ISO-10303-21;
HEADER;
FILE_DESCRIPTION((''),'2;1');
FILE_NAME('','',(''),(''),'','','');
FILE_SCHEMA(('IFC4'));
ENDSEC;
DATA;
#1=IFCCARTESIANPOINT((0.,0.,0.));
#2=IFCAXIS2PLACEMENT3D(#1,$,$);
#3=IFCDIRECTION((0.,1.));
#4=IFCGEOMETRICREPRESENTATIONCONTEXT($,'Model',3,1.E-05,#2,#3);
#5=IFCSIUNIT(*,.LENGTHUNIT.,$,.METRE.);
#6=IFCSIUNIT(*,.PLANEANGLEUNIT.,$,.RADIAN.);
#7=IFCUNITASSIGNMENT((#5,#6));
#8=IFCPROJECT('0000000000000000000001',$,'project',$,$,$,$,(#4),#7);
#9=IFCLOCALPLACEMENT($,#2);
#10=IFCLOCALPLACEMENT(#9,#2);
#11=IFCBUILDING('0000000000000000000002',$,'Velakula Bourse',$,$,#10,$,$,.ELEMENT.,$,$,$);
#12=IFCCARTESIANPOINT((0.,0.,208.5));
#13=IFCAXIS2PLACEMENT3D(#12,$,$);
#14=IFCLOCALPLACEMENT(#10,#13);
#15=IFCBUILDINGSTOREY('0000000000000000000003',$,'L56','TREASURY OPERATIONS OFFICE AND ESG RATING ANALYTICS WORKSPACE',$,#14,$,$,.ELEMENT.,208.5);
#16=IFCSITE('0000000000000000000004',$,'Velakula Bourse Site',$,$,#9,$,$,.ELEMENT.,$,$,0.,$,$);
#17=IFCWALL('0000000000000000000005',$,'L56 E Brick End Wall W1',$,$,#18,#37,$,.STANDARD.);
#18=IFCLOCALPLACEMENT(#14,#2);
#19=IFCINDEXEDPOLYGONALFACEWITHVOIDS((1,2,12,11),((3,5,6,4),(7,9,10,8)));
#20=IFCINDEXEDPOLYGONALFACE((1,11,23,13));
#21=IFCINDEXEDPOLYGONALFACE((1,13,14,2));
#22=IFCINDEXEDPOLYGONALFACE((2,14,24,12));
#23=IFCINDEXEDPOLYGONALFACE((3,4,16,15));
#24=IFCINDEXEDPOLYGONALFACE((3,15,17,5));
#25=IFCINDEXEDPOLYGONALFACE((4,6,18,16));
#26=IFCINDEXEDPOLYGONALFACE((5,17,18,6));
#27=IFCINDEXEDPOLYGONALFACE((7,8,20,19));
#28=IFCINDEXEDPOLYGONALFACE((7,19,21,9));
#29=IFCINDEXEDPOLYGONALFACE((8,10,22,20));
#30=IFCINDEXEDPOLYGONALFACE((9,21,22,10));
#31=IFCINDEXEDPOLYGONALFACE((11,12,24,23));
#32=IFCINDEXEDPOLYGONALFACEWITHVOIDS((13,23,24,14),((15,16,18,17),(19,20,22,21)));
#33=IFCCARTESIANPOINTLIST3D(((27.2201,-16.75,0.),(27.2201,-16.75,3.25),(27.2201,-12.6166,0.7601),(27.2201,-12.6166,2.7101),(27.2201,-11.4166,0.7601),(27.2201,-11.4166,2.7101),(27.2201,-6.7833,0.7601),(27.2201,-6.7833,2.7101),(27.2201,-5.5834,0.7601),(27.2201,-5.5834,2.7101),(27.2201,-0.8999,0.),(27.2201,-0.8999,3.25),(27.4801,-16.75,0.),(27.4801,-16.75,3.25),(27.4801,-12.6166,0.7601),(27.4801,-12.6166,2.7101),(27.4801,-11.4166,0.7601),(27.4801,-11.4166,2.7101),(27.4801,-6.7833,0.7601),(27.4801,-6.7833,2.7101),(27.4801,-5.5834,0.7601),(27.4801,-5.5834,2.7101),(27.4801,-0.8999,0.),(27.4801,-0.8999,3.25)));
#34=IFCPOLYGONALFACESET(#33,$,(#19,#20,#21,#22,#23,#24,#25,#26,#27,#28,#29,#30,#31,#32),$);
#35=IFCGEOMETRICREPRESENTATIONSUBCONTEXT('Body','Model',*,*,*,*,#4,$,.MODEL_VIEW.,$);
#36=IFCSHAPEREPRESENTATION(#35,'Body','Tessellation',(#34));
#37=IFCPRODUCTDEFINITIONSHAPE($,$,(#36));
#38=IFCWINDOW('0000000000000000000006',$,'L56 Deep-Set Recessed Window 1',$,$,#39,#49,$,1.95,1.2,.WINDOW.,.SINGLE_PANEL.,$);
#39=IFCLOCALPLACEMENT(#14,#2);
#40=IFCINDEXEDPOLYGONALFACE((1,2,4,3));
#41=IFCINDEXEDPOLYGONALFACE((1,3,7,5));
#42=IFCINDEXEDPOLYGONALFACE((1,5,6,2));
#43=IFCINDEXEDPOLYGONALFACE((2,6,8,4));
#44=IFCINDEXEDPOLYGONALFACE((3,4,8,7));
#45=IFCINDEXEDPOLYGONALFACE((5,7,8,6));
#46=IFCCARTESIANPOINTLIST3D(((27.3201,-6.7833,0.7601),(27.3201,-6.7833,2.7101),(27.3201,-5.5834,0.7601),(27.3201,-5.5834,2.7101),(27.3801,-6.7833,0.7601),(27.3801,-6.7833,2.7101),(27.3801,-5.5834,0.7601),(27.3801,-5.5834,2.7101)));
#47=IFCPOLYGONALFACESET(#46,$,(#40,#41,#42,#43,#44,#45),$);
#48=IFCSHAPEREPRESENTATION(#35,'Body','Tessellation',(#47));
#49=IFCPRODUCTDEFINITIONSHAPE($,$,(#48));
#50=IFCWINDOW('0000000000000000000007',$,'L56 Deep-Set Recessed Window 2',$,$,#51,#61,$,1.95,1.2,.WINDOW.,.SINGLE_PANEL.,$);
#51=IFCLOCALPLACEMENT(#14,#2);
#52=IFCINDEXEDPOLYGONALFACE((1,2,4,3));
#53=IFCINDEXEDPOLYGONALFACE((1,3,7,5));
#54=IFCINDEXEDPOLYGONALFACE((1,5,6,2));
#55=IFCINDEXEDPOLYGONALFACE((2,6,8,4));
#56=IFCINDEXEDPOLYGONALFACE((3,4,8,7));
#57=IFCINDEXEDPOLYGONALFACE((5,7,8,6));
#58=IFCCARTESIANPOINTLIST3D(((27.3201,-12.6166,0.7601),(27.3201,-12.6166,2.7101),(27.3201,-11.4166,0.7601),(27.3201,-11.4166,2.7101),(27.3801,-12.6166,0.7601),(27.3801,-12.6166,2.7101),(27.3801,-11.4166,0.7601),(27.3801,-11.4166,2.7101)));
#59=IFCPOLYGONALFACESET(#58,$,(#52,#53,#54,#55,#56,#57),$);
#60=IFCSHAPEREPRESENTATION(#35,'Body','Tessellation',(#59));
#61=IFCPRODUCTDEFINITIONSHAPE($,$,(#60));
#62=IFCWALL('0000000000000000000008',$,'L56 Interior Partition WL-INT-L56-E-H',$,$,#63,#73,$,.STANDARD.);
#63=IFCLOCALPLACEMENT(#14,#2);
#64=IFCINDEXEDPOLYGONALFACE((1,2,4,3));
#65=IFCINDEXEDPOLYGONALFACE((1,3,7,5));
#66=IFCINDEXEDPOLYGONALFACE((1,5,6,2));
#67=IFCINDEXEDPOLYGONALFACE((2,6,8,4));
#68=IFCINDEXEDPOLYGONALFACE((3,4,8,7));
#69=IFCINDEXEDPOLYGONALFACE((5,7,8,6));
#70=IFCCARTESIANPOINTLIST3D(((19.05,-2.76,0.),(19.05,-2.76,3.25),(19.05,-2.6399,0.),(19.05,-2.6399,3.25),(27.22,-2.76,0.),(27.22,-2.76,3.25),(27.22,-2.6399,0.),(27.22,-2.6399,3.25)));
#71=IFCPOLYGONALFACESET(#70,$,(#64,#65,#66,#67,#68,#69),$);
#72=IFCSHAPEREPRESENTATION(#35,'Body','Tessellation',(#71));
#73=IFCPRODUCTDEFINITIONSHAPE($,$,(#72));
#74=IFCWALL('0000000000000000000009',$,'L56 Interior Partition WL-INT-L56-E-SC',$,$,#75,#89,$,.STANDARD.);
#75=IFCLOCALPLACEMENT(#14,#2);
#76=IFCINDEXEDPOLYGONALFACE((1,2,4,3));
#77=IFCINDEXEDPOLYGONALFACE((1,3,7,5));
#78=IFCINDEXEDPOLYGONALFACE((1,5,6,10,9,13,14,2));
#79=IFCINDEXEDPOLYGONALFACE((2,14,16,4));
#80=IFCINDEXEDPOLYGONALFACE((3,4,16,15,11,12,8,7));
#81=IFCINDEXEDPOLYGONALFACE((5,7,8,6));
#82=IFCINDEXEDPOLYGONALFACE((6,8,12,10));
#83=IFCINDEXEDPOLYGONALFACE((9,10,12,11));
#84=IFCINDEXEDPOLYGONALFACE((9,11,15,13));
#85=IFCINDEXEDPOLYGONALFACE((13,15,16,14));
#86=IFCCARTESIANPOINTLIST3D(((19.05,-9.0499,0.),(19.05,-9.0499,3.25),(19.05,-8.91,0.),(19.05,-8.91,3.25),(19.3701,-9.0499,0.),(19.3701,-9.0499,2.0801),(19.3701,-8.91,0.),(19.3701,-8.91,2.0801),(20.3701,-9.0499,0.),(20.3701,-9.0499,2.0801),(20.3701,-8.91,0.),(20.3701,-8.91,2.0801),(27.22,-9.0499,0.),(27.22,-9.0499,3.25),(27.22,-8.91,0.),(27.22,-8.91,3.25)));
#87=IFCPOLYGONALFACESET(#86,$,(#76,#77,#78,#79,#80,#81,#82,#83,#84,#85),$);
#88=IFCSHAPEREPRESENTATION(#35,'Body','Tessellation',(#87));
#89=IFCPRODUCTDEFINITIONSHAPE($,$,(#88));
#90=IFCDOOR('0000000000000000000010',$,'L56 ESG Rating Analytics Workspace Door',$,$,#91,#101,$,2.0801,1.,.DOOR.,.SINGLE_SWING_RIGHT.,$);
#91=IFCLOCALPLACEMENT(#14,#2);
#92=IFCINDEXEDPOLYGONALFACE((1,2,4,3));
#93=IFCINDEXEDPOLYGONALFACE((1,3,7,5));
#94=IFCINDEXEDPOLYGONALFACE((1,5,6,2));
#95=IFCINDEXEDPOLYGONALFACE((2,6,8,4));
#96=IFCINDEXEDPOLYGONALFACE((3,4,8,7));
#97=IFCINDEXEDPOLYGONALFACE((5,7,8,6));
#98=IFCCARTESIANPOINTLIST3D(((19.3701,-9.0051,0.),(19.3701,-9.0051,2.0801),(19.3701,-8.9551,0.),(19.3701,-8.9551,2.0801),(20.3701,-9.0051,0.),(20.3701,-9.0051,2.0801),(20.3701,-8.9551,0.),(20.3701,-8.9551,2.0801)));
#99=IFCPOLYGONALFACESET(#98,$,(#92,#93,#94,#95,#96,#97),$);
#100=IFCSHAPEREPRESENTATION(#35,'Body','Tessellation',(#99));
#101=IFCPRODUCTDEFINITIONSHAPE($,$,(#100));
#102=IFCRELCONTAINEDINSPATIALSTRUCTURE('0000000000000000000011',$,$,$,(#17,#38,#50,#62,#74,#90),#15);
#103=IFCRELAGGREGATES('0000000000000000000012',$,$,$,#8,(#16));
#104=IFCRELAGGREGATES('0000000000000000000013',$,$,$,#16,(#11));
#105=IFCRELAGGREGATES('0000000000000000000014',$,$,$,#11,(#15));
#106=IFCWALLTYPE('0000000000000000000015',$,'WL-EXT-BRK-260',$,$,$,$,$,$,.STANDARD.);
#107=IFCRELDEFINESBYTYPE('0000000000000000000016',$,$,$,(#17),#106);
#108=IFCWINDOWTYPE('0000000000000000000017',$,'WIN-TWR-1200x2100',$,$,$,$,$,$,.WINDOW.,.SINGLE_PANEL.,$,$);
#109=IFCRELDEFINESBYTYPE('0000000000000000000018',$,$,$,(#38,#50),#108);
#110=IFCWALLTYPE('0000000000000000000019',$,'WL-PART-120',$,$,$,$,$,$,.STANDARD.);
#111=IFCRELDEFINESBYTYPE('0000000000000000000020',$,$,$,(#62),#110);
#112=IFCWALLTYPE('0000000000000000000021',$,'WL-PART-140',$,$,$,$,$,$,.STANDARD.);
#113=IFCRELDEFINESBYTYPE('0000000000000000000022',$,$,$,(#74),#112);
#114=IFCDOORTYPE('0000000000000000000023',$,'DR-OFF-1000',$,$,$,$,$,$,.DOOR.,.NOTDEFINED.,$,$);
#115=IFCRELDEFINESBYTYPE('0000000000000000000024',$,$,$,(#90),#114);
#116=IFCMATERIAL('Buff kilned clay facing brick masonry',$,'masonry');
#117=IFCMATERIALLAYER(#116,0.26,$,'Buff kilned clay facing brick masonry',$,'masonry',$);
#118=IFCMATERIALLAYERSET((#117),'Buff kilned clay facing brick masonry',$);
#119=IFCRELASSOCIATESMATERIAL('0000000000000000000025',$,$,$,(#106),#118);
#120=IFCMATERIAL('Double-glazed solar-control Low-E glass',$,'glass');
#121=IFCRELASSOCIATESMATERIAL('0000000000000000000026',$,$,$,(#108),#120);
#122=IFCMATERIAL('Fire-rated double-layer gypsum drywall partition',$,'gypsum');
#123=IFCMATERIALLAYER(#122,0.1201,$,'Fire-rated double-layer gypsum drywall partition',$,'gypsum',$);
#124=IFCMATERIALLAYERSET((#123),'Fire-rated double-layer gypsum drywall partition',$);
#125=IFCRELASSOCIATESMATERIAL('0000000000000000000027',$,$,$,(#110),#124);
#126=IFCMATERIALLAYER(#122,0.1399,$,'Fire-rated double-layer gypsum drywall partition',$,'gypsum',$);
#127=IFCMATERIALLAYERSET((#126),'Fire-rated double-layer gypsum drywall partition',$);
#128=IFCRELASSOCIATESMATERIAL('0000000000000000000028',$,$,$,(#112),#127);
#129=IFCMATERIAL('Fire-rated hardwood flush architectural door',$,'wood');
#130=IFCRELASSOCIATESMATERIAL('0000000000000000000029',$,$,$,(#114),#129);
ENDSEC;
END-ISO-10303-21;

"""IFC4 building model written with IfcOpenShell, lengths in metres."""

from ifc_helpers import new_model, si_unit, direction, frame, frame_2d, origin, place, context, subcontext, project, spatial, rectangle, extrude, material, layer, layer_set, type_object, element, fill, save


model = new_model("IFC4")

# Units and contexts
model_context = context("Model", 3, precision=1e-05, world=origin(), true_north=direction((0.0, 1.0)))
body_context = subcontext(model_context, "Body", "Model", "MODEL_VIEW")
ifc_project = project(units=[si_unit("LENGTHUNIT", "METRE"), si_unit("PLANEANGLEUNIT", "RADIAN")], contexts=[model_context])

# Site, building, storey
site_placement = place(None, origin())
site = spatial("IfcSite", under=ifc_project, at=site_placement, Name="Velakula Bourse Site", CompositionType="ELEMENT", RefElevation=0.0)
building_placement = place(site_placement, origin())
building = spatial("IfcBuilding", under=site, at=building_placement, Name="Velakula Bourse", CompositionType="ELEMENT")
storey_placement = place(building_placement, frame((0.0, 0.0, 208.5)))
storey = spatial("IfcBuildingStorey", under=building, at=storey_placement, Name="L56", Description="TREASURY OPERATIONS OFFICE AND ESG RATING ANALYTICS WORKSPACE", CompositionType="ELEMENT", Elevation=208.5)

# Wall, openings, windows
ifc_material_1 = material(Name="Buff kilned clay facing brick masonry", Category="masonry")
ifc_layer_1 = layer(ifc_material_1, 0.26, Name="Buff kilned clay facing brick masonry", Category="masonry")
ifc_layer_set_1 = layer_set([ifc_layer_1], Name="Buff kilned clay facing brick masonry")
wall_type_1 = type_object("IfcWallType", Name="WL-EXT-BRK-260", PredefinedType="STANDARD", material=ifc_layer_set_1)
wall_1_placement = place(storey_placement, frame((27.3501, -0.8999, 0.0), z_axis=(0.0, 0.0, 1.0), x_axis=(0.0, -1.0, 0.0)))
wall_1 = element("IfcWall", 1, at=wall_1_placement, inside=storey, type_object=wall_type_1, Name="L56 E Brick End Wall W1", PredefinedType="STANDARD", context=body_context, shape_type="SweptSolid", body=[
    extrude(rectangle(XDim=15.8501, YDim=0.26, at=frame_2d((7.925, 0.0))), origin(), (0.0, 0.0, 1.0), 3.25),
])
opening_1_placement = place(wall_1_placement, frame((4.6833, 0.0, 0.76)))
opening_1 = element("IfcOpeningElement", 2, at=opening_1_placement, cuts=wall_1, PredefinedType="OPENING", context=body_context, shape_type="SweptSolid", body=[
    extrude(rectangle(XDim=1.2, YDim=1.95, at=frame_2d((0.6001, 0.9751))), frame((0.0, 0.1399, 0.0), z_axis=(0.0, -1.0, 0.0), x_axis=(1.0, 0.0, 0.0)), (0.0, 0.0, 1.0), 0.28),
])
opening_2_placement = place(wall_1_placement, frame((10.5166, 0.0, 0.76)))
opening_2 = element("IfcOpeningElement", 3, at=opening_2_placement, cuts=wall_1, PredefinedType="OPENING", context=body_context, shape_type="SweptSolid", body=[
    extrude(rectangle(XDim=1.2, YDim=1.95, at=frame_2d((0.6001, 0.9751))), frame((0.0, 0.1399, 0.0), z_axis=(0.0, -1.0, 0.0), x_axis=(1.0, 0.0, 0.0)), (0.0, 0.0, 1.0), 0.28),
])
ifc_material_2 = material(Name="Double-glazed solar-control Low-E glass", Category="glass")
window_type = type_object("IfcWindowType", Name="WIN-TWR-1200x2100", PartitioningType="SINGLE_PANEL", PredefinedType="WINDOW", material=ifc_material_2)
window_1_placement = place(opening_1_placement, origin())
window_1 = element("IfcWindow", 4, at=window_1_placement, inside=storey, type_object=window_type, Name="L56 Deep-Set Recessed Window 1", OverallHeight=1.95, OverallWidth=1.2, PartitioningType="SINGLE_PANEL", PredefinedType="WINDOW", context=body_context, shape_type="SweptSolid", body=[
    extrude(rectangle(XDim=1.2, YDim=1.95, at=frame_2d((0.6001, 0.9751))), frame((0.0, 0.03, 0.0), z_axis=(0.0, -1.0, 0.0), x_axis=(1.0, 0.0, 0.0)), (0.0, 0.0, 1.0), 0.0601),
])
fill(opening_1, window_1)
window_2_placement = place(opening_2_placement, origin())
window_2 = element("IfcWindow", 5, at=window_2_placement, inside=storey, type_object=window_type, Name="L56 Deep-Set Recessed Window 2", OverallHeight=1.95, OverallWidth=1.2, PartitioningType="SINGLE_PANEL", PredefinedType="WINDOW", context=body_context, shape_type="SweptSolid", body=[
    extrude(rectangle(XDim=1.2, YDim=1.95, at=frame_2d((0.6001, 0.9751))), frame((0.0, 0.03, 0.0), z_axis=(0.0, -1.0, 0.0), x_axis=(1.0, 0.0, 0.0)), (0.0, 0.0, 1.0), 0.0601),
])
fill(opening_2, window_2)

# Wall
ifc_material_3 = material(Name="Fire-rated double-layer gypsum drywall partition", Category="gypsum")
ifc_layer_2 = layer(ifc_material_3, 0.1201, Name="Fire-rated double-layer gypsum drywall partition", Category="gypsum")
ifc_layer_set_2 = layer_set([ifc_layer_2], Name="Fire-rated double-layer gypsum drywall partition")
wall_type_2 = type_object("IfcWallType", Name="WL-PART-120", PredefinedType="STANDARD", material=ifc_layer_set_2)
wall_2_placement = place(storey_placement, frame((19.05, -2.7, 0.0), z_axis=(0.0, 0.0, 1.0), x_axis=(1.0, 0.0, 0.0)))
element("IfcWall", 6, at=wall_2_placement, inside=storey, type_object=wall_type_2, Name="L56 Interior Partition WL-INT-L56-E-H", PredefinedType="STANDARD", context=body_context, shape_type="SweptSolid", body=[
    extrude(rectangle(XDim=8.1699, YDim=0.1201, at=frame_2d((4.085, 0.0))), origin(), (0.0, 0.0, 1.0), 3.25),
])

# Wall, opening, door
ifc_layer_3 = layer(ifc_material_3, 0.1399, Name="Fire-rated double-layer gypsum drywall partition", Category="gypsum")
ifc_layer_set_3 = layer_set([ifc_layer_3], Name="Fire-rated double-layer gypsum drywall partition")
wall_type_3 = type_object("IfcWallType", Name="WL-PART-140", PredefinedType="STANDARD", material=ifc_layer_set_3)
wall_3_placement = place(storey_placement, frame((19.05, -8.98, 0.0), z_axis=(0.0, 0.0, 1.0), x_axis=(1.0, 0.0, 0.0)))
wall_3 = element("IfcWall", 7, at=wall_3_placement, inside=storey, type_object=wall_type_3, Name="L56 Interior Partition WL-INT-L56-E-SC", PredefinedType="STANDARD", context=body_context, shape_type="SweptSolid", body=[
    extrude(rectangle(XDim=8.1699, YDim=0.1399, at=frame_2d((4.085, 0.0))), origin(), (0.0, 0.0, 1.0), 3.25),
])
opening_3_placement = place(wall_3_placement, frame((0.3201, 0.0, 0.0)))
opening_3 = element("IfcOpeningElement", 8, at=opening_3_placement, cuts=wall_3, PredefinedType="OPENING", context=body_context, shape_type="SweptSolid", body=[
    extrude(rectangle(XDim=1.0, YDim=2.0801, at=frame_2d((0.5, 1.04))), frame((0.0, 0.0798, 0.0), z_axis=(0.0, -1.0, 0.0), x_axis=(1.0, 0.0, 0.0)), (0.0, 0.0, 1.0), 0.1599),
])
ifc_material_4 = material(Name="Fire-rated hardwood flush architectural door", Category="wood")
door_type = type_object("IfcDoorType", Name="DR-OFF-1000", OperationType="NOTDEFINED", PredefinedType="DOOR", material=ifc_material_4)
door_placement = place(opening_3_placement, origin())
door = element("IfcDoor", 9, at=door_placement, inside=storey, type_object=door_type, Name="L56 ESG Rating Analytics Workspace Door", OperationType="SINGLE_SWING_RIGHT", OverallHeight=2.0801, OverallWidth=1.0, PredefinedType="DOOR", context=body_context, shape_type="SweptSolid", body=[
    extrude(rectangle(XDim=1.0, YDim=2.0801, at=frame_2d((0.5, 1.04))), frame((0.0, 0.0249, 0.0), z_axis=(0.0, -1.0, 0.0), x_axis=(1.0, 0.0, 0.0)), (0.0, 0.0, 1.0), 0.05),
])
fill(opening_3, door)

save(model, "model.ifc")
